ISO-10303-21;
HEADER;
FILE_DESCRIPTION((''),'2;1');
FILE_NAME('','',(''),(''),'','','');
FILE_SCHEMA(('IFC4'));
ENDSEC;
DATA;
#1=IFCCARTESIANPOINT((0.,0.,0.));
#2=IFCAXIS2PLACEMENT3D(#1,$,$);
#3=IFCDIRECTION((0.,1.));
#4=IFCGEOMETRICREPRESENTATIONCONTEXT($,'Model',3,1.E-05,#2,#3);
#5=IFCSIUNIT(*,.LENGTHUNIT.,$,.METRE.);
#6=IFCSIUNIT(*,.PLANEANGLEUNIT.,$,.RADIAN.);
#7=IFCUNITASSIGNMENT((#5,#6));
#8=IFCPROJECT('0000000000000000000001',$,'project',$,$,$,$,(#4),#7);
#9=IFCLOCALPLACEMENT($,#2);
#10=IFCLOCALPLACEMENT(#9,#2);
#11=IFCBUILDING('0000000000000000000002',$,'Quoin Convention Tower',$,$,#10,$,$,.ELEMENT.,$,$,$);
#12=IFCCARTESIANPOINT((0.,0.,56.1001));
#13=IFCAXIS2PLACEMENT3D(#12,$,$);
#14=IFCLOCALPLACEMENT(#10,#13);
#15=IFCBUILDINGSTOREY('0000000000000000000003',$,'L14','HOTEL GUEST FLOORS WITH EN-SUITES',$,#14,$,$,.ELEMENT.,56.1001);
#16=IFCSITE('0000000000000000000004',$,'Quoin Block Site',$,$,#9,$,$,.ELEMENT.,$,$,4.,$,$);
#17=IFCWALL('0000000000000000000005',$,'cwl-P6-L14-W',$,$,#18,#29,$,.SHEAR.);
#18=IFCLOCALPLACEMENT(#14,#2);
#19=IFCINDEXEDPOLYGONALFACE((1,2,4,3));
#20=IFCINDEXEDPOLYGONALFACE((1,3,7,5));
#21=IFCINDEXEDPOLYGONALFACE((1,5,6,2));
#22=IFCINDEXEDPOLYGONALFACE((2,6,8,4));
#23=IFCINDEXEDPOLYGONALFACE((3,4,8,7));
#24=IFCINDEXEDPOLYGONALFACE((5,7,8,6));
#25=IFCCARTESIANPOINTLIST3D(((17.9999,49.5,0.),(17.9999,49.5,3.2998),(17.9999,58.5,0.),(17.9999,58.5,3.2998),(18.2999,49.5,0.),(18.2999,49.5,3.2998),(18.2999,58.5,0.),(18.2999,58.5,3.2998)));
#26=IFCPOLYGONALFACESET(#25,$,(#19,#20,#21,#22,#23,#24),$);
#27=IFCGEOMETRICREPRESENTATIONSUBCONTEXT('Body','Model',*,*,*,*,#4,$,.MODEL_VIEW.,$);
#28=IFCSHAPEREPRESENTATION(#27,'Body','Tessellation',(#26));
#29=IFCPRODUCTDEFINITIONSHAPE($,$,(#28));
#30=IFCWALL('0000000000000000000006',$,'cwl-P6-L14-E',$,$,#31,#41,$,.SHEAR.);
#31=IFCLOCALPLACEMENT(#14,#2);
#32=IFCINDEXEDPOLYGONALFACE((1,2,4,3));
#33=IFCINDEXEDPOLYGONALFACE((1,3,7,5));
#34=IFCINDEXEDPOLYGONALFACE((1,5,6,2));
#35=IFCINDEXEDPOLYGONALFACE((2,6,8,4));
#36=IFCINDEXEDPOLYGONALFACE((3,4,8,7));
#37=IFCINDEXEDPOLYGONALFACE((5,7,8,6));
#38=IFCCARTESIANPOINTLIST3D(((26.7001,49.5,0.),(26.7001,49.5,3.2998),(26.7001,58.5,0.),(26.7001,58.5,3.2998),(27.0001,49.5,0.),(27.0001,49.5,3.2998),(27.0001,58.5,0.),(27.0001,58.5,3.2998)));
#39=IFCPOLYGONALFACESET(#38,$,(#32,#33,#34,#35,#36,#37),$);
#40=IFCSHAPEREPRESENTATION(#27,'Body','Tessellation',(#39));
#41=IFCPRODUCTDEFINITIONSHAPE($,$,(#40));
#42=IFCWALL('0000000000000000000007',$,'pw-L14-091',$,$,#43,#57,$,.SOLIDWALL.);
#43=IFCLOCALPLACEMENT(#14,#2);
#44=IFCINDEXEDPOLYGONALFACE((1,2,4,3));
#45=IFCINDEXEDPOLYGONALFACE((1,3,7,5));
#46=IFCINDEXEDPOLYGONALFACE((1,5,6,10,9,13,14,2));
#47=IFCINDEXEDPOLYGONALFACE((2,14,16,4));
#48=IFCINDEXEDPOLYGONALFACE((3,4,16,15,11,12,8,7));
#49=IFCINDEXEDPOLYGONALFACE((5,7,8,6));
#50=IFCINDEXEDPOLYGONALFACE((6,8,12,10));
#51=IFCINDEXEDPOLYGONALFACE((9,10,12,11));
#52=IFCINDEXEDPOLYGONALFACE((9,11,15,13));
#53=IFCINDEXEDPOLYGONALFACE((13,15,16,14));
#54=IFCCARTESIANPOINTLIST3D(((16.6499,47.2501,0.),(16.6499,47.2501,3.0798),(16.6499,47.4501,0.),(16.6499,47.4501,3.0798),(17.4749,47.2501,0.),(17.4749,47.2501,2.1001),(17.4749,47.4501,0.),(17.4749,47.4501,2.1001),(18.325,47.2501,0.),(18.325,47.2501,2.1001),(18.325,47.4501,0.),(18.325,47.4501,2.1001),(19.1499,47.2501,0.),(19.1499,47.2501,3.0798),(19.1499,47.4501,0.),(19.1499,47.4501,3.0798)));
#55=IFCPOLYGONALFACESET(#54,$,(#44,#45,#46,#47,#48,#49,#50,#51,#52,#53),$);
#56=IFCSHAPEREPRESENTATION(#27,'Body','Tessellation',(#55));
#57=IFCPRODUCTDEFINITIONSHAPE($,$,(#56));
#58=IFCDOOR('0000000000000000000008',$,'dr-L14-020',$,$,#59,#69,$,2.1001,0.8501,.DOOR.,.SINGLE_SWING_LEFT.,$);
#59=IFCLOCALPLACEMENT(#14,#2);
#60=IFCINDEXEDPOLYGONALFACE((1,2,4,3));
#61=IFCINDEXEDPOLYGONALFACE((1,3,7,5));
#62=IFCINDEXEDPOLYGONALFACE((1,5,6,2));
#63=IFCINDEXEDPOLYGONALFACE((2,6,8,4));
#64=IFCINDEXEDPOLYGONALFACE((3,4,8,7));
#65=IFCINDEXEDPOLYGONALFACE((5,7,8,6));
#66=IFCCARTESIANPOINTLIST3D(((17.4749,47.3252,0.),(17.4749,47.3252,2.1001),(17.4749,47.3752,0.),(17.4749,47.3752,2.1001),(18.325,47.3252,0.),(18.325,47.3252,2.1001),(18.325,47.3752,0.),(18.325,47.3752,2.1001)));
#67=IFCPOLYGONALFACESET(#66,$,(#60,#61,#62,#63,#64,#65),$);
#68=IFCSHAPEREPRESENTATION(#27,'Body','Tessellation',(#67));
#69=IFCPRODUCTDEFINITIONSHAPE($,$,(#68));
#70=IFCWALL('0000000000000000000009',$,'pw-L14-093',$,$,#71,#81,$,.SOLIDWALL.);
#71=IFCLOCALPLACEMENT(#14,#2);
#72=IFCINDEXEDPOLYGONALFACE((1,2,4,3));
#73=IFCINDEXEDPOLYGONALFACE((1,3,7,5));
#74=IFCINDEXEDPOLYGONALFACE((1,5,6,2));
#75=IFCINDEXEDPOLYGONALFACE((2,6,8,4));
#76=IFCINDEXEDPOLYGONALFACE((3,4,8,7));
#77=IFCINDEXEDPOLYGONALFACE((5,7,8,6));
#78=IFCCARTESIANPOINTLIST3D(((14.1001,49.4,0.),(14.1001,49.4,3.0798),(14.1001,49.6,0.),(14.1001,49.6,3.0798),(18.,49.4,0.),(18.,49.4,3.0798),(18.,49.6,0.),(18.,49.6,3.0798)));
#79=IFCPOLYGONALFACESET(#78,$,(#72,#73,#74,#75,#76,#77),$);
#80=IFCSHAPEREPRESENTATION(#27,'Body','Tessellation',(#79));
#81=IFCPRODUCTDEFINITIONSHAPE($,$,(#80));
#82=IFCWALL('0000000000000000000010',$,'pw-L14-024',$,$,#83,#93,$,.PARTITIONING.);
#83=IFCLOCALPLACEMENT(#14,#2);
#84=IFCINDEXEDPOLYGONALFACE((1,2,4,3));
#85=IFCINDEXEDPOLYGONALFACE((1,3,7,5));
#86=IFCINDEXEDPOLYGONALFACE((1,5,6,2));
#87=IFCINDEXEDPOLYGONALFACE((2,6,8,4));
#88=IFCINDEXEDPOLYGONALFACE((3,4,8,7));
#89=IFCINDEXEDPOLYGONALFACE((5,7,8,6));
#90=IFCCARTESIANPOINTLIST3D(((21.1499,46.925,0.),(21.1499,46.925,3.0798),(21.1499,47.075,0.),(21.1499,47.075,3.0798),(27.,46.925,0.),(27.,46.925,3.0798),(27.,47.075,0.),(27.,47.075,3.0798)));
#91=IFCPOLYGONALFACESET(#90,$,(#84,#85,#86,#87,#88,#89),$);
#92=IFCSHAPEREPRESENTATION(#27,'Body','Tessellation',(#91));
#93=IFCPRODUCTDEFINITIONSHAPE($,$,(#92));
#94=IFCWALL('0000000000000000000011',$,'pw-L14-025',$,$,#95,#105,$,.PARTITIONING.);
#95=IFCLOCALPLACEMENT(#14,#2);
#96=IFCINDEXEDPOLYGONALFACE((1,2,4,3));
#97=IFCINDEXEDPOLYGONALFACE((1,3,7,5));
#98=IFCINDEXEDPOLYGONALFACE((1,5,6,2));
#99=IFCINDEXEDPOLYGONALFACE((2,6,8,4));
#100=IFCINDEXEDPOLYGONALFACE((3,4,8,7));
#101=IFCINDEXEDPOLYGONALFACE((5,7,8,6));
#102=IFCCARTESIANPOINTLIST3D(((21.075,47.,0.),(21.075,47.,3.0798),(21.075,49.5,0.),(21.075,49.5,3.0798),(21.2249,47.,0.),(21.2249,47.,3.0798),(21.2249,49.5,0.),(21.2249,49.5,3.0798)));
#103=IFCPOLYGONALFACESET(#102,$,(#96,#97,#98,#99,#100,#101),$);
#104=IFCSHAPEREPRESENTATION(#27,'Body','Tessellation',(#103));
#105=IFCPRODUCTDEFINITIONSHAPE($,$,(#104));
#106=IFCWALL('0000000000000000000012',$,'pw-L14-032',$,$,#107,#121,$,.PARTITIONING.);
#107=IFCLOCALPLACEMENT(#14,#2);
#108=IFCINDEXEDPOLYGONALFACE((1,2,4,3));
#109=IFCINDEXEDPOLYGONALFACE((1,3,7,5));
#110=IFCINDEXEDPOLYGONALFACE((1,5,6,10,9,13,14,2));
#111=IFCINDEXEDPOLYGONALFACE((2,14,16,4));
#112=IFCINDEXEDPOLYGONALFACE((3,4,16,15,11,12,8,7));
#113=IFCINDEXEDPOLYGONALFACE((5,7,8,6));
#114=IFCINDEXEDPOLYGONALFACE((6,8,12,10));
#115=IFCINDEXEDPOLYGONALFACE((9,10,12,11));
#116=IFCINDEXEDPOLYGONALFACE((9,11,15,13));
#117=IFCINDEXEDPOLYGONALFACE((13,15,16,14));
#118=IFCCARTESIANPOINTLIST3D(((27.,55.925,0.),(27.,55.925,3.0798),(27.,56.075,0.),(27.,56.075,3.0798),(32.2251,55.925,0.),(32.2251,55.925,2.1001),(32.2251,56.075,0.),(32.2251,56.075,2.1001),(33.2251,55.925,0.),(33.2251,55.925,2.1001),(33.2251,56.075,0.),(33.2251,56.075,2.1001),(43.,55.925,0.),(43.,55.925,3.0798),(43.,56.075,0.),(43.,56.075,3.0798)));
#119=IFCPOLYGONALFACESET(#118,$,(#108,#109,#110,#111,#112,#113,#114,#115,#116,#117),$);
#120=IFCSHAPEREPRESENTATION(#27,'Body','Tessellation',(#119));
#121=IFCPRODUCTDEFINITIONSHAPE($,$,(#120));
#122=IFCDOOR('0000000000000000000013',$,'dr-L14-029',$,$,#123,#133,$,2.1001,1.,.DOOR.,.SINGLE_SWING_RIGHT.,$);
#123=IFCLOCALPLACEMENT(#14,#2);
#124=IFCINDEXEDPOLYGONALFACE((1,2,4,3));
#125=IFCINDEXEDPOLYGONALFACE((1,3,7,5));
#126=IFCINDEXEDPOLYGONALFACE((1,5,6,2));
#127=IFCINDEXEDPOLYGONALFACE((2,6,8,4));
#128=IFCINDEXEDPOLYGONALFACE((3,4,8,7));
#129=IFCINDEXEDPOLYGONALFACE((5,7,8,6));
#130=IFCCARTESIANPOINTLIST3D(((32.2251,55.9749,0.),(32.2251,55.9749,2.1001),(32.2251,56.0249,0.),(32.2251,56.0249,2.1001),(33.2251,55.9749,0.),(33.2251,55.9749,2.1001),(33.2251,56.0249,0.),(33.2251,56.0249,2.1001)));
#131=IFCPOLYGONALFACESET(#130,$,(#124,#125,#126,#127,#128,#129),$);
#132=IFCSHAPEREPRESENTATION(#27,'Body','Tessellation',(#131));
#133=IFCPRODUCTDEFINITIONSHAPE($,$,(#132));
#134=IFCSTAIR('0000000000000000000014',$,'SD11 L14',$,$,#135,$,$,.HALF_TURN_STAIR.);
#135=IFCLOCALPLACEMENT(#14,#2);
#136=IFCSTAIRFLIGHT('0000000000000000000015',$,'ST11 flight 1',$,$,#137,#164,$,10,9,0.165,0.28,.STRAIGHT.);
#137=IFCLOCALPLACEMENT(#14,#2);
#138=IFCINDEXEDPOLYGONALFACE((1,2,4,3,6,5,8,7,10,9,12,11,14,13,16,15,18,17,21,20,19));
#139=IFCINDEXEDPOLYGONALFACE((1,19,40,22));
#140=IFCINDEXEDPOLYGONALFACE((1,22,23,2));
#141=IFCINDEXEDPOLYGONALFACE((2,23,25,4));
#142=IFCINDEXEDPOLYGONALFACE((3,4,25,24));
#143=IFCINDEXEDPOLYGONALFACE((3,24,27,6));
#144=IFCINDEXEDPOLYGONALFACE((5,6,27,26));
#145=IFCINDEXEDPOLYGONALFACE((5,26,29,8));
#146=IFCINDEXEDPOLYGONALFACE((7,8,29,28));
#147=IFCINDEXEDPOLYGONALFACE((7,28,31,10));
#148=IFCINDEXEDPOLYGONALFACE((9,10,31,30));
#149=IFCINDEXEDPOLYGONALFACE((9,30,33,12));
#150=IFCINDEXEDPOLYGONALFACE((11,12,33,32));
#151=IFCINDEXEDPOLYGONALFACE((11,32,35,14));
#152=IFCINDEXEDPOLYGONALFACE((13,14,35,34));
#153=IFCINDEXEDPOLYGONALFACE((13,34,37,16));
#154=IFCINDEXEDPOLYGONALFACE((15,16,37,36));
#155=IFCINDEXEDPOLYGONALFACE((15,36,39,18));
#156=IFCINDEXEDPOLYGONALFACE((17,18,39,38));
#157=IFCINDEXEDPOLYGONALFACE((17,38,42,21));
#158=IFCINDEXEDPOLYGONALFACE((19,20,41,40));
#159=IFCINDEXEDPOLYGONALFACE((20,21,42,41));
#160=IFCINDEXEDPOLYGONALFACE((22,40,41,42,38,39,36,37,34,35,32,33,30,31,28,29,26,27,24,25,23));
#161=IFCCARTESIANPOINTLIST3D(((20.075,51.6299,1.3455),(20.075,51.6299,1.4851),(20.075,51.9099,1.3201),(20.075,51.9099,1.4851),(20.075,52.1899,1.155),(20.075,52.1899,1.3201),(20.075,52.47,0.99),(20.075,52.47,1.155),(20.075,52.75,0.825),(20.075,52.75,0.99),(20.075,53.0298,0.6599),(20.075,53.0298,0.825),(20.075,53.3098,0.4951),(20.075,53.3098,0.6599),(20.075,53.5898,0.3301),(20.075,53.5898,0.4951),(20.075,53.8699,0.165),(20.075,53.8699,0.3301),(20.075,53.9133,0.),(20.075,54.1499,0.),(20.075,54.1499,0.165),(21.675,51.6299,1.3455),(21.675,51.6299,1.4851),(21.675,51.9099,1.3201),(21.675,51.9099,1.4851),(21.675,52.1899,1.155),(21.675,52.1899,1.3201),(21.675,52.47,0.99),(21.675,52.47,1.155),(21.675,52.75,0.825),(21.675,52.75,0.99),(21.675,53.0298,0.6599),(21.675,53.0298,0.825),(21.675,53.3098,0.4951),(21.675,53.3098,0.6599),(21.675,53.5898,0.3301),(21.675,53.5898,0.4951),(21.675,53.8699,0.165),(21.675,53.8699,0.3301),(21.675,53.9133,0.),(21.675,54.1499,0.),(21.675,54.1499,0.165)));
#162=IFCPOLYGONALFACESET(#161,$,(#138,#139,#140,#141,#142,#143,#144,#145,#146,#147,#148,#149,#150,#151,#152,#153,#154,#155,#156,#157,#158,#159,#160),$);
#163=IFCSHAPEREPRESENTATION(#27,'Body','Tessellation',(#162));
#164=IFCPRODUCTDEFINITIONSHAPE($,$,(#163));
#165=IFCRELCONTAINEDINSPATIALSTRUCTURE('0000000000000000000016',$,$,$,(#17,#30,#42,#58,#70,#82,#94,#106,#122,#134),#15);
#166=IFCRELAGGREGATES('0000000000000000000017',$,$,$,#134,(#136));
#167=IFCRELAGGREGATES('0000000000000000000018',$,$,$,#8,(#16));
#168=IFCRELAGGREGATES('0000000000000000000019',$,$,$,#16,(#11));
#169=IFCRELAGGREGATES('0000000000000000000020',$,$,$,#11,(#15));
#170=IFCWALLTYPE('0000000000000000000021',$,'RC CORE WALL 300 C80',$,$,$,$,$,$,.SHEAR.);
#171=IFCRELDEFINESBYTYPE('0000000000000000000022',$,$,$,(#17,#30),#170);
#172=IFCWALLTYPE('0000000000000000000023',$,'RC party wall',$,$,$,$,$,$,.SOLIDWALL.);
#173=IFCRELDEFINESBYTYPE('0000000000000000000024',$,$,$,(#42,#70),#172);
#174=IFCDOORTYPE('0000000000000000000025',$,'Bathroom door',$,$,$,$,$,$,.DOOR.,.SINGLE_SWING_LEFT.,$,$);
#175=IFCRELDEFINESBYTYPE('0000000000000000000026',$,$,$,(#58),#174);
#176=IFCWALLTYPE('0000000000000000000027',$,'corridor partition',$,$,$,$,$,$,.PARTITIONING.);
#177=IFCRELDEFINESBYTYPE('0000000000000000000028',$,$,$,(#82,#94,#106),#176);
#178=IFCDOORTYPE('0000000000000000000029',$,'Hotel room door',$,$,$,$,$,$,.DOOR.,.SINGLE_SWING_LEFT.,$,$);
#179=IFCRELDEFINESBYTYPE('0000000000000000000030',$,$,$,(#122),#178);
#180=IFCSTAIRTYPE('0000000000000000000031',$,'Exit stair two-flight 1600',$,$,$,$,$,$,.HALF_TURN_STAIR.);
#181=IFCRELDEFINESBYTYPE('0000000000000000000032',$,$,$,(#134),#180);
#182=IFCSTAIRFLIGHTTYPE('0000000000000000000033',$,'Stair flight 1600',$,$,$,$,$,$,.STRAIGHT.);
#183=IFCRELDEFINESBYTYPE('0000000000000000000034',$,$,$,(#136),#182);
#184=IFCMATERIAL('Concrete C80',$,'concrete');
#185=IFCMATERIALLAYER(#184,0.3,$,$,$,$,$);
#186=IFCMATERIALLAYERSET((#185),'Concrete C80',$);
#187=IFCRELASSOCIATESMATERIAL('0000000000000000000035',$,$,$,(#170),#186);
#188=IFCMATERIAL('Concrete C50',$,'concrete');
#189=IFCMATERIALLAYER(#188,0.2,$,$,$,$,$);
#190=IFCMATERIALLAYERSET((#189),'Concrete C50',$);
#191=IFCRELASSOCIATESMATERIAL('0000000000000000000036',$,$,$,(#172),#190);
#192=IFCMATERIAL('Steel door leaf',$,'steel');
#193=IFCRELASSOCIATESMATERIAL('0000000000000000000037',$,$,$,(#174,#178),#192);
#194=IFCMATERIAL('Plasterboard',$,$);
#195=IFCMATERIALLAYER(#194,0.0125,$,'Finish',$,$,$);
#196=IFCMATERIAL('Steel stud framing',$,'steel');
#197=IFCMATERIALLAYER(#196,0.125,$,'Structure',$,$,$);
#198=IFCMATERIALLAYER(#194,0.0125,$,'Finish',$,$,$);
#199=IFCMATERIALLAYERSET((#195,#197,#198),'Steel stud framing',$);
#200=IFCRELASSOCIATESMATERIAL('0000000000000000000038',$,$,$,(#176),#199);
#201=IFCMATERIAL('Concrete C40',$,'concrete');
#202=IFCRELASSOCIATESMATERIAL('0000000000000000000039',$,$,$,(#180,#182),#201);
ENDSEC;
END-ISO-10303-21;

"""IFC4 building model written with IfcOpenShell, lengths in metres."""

from ifc_helpers import new_model, si_unit, direction, frame, frame_2d, origin, place, context, subcontext, project, spatial, polyline, rectangle, outline, extrude, material, layer, layer_set, type_object, element, fill, aggregate, save


model = new_model("IFC4")

# Units and contexts
model_context = context("Model", 3, precision=1e-05, world=origin(), true_north=direction((0.0, 1.0)))
body_context = subcontext(model_context, "Body", "Model", "MODEL_VIEW")
ifc_project = project(units=[si_unit("LENGTHUNIT", "METRE"), si_unit("PLANEANGLEUNIT", "RADIAN")], contexts=[model_context])

# Site, building, storey
site_placement = place(None, origin())
site = spatial("IfcSite", under=ifc_project, at=site_placement, Name="Quoin Block Site", CompositionType="ELEMENT", RefElevation=4.0)
building_placement = place(site_placement, origin())
building = spatial("IfcBuilding", under=site, at=building_placement, Name="Quoin Convention Tower", CompositionType="ELEMENT")
storey_placement = place(building_placement, frame((0.0, 0.0, 56.1001)))
storey = spatial("IfcBuildingStorey", under=building, at=storey_placement, Name="L14", Description="HOTEL GUEST FLOORS WITH EN-SUITES", CompositionType="ELEMENT", Elevation=56.1001)

# Shared definitions
ifc_material_1 = material(Name="Concrete C80", Category="concrete")

# Shared definitions
ifc_material_2 = material(Name="Concrete C50", Category="concrete")

# Shared definitions
ifc_material_3 = material(Name="Steel door leaf", Category="steel")

# Walls
ifc_layer_1 = layer(ifc_material_1, 0.3)
ifc_layer_set_1 = layer_set([ifc_layer_1], Name="Concrete C80")
wall_type_1 = type_object("IfcWallType", Name="RC CORE WALL 300 C80", PredefinedType="SHEAR", material=ifc_layer_set_1)
for number, where, z_axis, x_axis, name in (
    (1, (18.1499, 49.5, 0.0), (0.0, 0.0, 1.0), (0.0, 1.0, 0.0), "cwl-P6-L14-W"),
    (2, (26.8501, 49.5, 0.0), (0.0, 0.0, 1.0), (0.0, 1.0, 0.0), "cwl-P6-L14-E"),
):
    element("IfcWall", number, at=place(storey_placement, frame(where, z_axis=z_axis, x_axis=x_axis)), inside=storey, type_object=wall_type_1, Name=name, PredefinedType="SHEAR", context=body_context, shape_type="SweptSolid", body=[
        extrude(rectangle(XDim=9.0, YDim=0.3, at=frame_2d((4.5, 0.0))), origin(), (0.0, 0.0, 1.0), 3.2998),
    ])

# Wall, opening, door
ifc_layer_2 = layer(ifc_material_2, 0.2)
ifc_layer_set_2 = layer_set([ifc_layer_2], Name="Concrete C50")
wall_type_2 = type_object("IfcWallType", Name="RC party wall", PredefinedType="SOLIDWALL", material=ifc_layer_set_2)
wall_1_placement = place(storey_placement, frame((16.6499, 47.3501, 0.0), z_axis=(0.0, 0.0, 1.0), x_axis=(1.0, 0.0, 0.0)))
wall_1 = element("IfcWall", 3, at=wall_1_placement, inside=storey, type_object=wall_type_2, Name="pw-L14-091", PredefinedType="SOLIDWALL", context=body_context, shape_type="SweptSolid", body=[
    extrude(rectangle(XDim=2.5, YDim=0.2, at=frame_2d((1.25, 0.0))), origin(), (0.0, 0.0, 1.0), 3.0798),
])
opening_1_placement = place(wall_1_placement, frame((0.825, 0.0, 0.0)))
opening_1 = element("IfcOpeningElement", 4, at=opening_1_placement, cuts=wall_1, PredefinedType="OPENING", context=body_context, shape_type="SweptSolid", body=[
    extrude(rectangle(XDim=0.8501, YDim=2.1001, at=frame_2d((0.425, 1.05))), frame((0.0, 0.1099, 0.0), z_axis=(0.0, -1.0, 0.0), x_axis=(1.0, 0.0, 0.0)), (0.0, 0.0, 1.0), 0.22),
])
door_type_1 = type_object("IfcDoorType", Name="Bathroom door", OperationType="SINGLE_SWING_LEFT", PredefinedType="DOOR", material=ifc_material_3)
door_1_placement = place(opening_1_placement, frame((0.8501, 0.0, 0.0), z_axis=(0.0, 0.0, 1.0), x_axis=(-1.0, 0.0, 0.0)))
door_1 = element("IfcDoor", 5, at=door_1_placement, inside=storey, type_object=door_type_1, Name="dr-L14-020", OperationType="SINGLE_SWING_LEFT", OverallHeight=2.1001, OverallWidth=0.8501, PredefinedType="DOOR", context=body_context, shape_type="SweptSolid", body=[
    extrude(rectangle(XDim=0.8501, YDim=2.1001, at=frame_2d((0.425, 1.05))), frame((0.0, 0.0249, 0.0), z_axis=(0.0, -1.0, 0.0), x_axis=(1.0, 0.0, 0.0)), (0.0, 0.0, 1.0), 0.05),
])
fill(opening_1, door_1)

# Walls
wall_2_placement = place(storey_placement, frame((14.1001, 49.5, 0.0), z_axis=(0.0, 0.0, 1.0), x_axis=(1.0, 0.0, 0.0)))
element("IfcWall", 6, at=wall_2_placement, inside=storey, type_object=wall_type_2, Name="pw-L14-093", PredefinedType="SOLIDWALL", context=body_context, shape_type="SweptSolid", body=[
    extrude(rectangle(XDim=3.8999, YDim=0.2, at=frame_2d((1.95, 0.0))), origin(), (0.0, 0.0, 1.0), 3.0798),
])
ifc_material_4 = material(Name="Plasterboard")
ifc_layer_3 = layer(ifc_material_4, 0.0125, Name="Finish")
ifc_material_5 = material(Name="Steel stud framing", Category="steel")
ifc_layer_4 = layer(ifc_material_5, 0.125, Name="Structure")
ifc_layer_5 = layer(ifc_material_4, 0.0125, Name="Finish")
ifc_layer_set_3 = layer_set([ifc_layer_3, ifc_layer_4, ifc_layer_5], Name="Steel stud framing")
wall_type_3 = type_object("IfcWallType", Name="corridor partition", PredefinedType="PARTITIONING", material=ifc_layer_set_3)
wall_3_placement = place(storey_placement, frame((21.1499, 47.0, 0.0), z_axis=(0.0, 0.0, 1.0), x_axis=(1.0, 0.0, 0.0)))
element("IfcWall", 7, at=wall_3_placement, inside=storey, type_object=wall_type_3, Name="pw-L14-024", PredefinedType="PARTITIONING", context=body_context, shape_type="SweptSolid", body=[
    extrude(rectangle(XDim=5.8501, YDim=0.1499, at=frame_2d((2.925, 0.0))), origin(), (0.0, 0.0, 1.0), 3.0798),
])
wall_4_placement = place(storey_placement, frame((21.1499, 47.0, 0.0), z_axis=(0.0, 0.0, 1.0), x_axis=(0.0, 1.0, 0.0)))
element("IfcWall", 8, at=wall_4_placement, inside=storey, type_object=wall_type_3, Name="pw-L14-025", PredefinedType="PARTITIONING", context=body_context, shape_type="SweptSolid", body=[
    extrude(rectangle(XDim=2.5, YDim=0.1499, at=frame_2d((1.25, 0.0))), origin(), (0.0, 0.0, 1.0), 3.0798),
])

# Wall, opening, door
wall_5_placement = place(storey_placement, frame((27.0, 56.0, 0.0), z_axis=(0.0, 0.0, 1.0), x_axis=(1.0, 0.0, 0.0)))
wall_5 = element("IfcWall", 9, at=wall_5_placement, inside=storey, type_object=wall_type_3, Name="pw-L14-032", PredefinedType="PARTITIONING", context=body_context, shape_type="SweptSolid", body=[
    extrude(rectangle(XDim=16.0, YDim=0.1499, at=frame_2d((8.0, 0.0))), origin(), (0.0, 0.0, 1.0), 3.0798),
])
opening_2_placement = place(wall_5_placement, frame((5.2251, 0.0, 0.0)))
opening_2 = element("IfcOpeningElement", 10, at=opening_2_placement, cuts=wall_5, PredefinedType="OPENING", context=body_context, shape_type="SweptSolid", body=[
    extrude(rectangle(XDim=1.0, YDim=2.1001, at=frame_2d((0.5, 1.05))), frame((0.0, 0.085, 0.0), z_axis=(0.0, -1.0, 0.0), x_axis=(1.0, 0.0, 0.0)), (0.0, 0.0, 1.0), 0.1699),
])
door_type_2 = type_object("IfcDoorType", Name="Hotel room door", OperationType="SINGLE_SWING_LEFT", PredefinedType="DOOR", material=ifc_material_3)
door_2_placement = place(opening_2_placement, origin())
door_2 = element("IfcDoor", 11, at=door_2_placement, inside=storey, type_object=door_type_2, Name="dr-L14-029", OperationType="SINGLE_SWING_RIGHT", OverallHeight=2.1001, OverallWidth=1.0, PredefinedType="DOOR", context=body_context, shape_type="SweptSolid", body=[
    extrude(rectangle(XDim=1.0, YDim=2.1001, at=frame_2d((0.5, 1.05))), frame((0.0, 0.0249, 0.0), z_axis=(0.0, -1.0, 0.0), x_axis=(1.0, 0.0, 0.0)), (0.0, 0.0, 1.0), 0.05),
])
fill(opening_2, door_2)

# Stair, stair flight
ifc_material_6 = material(Name="Concrete C40", Category="concrete")
stair_type = type_object("IfcStairType", Name="Exit stair two-flight 1600", PredefinedType="HALF_TURN_STAIR", material=ifc_material_6)
stair_1_placement = place(storey_placement, origin())
stair_1 = element("IfcStair", 12, at=stair_1_placement, inside=storey, type_object=stair_type, Name="SD11 L14", PredefinedType="HALF_TURN_STAIR")
stair_flight_type = type_object("IfcStairFlightType", Name="Stair flight 1600", PredefinedType="STRAIGHT", material=ifc_material_6)
stair_flight_1_placement = place(storey_placement, frame((20.875, 54.1499, 0.0), z_axis=(0.0, 0.0, 1.0), x_axis=(0.0, -1.0, 0.0)))
stair_flight_1 = element("IfcStairFlight", 13, at=stair_flight_1_placement, type_object=stair_flight_type, Name="ST11 flight 1", NumberOfRisers=10, NumberOfTreads=9, PredefinedType="STRAIGHT", RiserHeight=0.165, TreadLength=0.28, context=body_context, shape_type="SweptSolid", body=[
    extrude(outline(polyline([(0.0, 0.0), (0.0, 0.165), (0.28, 0.165), (0.28, 0.3301), (0.5601, 0.3301), (0.5601, 0.4951), (0.8401, 0.4951), (0.8401, 0.6599), (1.1201, 0.6599), (1.1201, 0.825), (1.3999, 0.825), (1.3999, 0.99), (1.6799, 0.99), (1.6799, 1.155), (1.96, 1.155), (1.96, 1.3201), (2.24, 1.3201), (2.24, 1.4851), (2.52, 1.4851), (2.52, 1.6499), (2.52, 1.3455), (0.2366, 0.0), (0.0, 0.0)])), frame((0.0, 0.8, 0.0), z_axis=(0.0, -1.0, 0.0), x_axis=(1.0, 0.0, 0.0)), (0.0, 0.0, 1.0), 1.6001),
])
aggregate(stair_1, [stair_flight_1])

save(model, "model.ifc")
